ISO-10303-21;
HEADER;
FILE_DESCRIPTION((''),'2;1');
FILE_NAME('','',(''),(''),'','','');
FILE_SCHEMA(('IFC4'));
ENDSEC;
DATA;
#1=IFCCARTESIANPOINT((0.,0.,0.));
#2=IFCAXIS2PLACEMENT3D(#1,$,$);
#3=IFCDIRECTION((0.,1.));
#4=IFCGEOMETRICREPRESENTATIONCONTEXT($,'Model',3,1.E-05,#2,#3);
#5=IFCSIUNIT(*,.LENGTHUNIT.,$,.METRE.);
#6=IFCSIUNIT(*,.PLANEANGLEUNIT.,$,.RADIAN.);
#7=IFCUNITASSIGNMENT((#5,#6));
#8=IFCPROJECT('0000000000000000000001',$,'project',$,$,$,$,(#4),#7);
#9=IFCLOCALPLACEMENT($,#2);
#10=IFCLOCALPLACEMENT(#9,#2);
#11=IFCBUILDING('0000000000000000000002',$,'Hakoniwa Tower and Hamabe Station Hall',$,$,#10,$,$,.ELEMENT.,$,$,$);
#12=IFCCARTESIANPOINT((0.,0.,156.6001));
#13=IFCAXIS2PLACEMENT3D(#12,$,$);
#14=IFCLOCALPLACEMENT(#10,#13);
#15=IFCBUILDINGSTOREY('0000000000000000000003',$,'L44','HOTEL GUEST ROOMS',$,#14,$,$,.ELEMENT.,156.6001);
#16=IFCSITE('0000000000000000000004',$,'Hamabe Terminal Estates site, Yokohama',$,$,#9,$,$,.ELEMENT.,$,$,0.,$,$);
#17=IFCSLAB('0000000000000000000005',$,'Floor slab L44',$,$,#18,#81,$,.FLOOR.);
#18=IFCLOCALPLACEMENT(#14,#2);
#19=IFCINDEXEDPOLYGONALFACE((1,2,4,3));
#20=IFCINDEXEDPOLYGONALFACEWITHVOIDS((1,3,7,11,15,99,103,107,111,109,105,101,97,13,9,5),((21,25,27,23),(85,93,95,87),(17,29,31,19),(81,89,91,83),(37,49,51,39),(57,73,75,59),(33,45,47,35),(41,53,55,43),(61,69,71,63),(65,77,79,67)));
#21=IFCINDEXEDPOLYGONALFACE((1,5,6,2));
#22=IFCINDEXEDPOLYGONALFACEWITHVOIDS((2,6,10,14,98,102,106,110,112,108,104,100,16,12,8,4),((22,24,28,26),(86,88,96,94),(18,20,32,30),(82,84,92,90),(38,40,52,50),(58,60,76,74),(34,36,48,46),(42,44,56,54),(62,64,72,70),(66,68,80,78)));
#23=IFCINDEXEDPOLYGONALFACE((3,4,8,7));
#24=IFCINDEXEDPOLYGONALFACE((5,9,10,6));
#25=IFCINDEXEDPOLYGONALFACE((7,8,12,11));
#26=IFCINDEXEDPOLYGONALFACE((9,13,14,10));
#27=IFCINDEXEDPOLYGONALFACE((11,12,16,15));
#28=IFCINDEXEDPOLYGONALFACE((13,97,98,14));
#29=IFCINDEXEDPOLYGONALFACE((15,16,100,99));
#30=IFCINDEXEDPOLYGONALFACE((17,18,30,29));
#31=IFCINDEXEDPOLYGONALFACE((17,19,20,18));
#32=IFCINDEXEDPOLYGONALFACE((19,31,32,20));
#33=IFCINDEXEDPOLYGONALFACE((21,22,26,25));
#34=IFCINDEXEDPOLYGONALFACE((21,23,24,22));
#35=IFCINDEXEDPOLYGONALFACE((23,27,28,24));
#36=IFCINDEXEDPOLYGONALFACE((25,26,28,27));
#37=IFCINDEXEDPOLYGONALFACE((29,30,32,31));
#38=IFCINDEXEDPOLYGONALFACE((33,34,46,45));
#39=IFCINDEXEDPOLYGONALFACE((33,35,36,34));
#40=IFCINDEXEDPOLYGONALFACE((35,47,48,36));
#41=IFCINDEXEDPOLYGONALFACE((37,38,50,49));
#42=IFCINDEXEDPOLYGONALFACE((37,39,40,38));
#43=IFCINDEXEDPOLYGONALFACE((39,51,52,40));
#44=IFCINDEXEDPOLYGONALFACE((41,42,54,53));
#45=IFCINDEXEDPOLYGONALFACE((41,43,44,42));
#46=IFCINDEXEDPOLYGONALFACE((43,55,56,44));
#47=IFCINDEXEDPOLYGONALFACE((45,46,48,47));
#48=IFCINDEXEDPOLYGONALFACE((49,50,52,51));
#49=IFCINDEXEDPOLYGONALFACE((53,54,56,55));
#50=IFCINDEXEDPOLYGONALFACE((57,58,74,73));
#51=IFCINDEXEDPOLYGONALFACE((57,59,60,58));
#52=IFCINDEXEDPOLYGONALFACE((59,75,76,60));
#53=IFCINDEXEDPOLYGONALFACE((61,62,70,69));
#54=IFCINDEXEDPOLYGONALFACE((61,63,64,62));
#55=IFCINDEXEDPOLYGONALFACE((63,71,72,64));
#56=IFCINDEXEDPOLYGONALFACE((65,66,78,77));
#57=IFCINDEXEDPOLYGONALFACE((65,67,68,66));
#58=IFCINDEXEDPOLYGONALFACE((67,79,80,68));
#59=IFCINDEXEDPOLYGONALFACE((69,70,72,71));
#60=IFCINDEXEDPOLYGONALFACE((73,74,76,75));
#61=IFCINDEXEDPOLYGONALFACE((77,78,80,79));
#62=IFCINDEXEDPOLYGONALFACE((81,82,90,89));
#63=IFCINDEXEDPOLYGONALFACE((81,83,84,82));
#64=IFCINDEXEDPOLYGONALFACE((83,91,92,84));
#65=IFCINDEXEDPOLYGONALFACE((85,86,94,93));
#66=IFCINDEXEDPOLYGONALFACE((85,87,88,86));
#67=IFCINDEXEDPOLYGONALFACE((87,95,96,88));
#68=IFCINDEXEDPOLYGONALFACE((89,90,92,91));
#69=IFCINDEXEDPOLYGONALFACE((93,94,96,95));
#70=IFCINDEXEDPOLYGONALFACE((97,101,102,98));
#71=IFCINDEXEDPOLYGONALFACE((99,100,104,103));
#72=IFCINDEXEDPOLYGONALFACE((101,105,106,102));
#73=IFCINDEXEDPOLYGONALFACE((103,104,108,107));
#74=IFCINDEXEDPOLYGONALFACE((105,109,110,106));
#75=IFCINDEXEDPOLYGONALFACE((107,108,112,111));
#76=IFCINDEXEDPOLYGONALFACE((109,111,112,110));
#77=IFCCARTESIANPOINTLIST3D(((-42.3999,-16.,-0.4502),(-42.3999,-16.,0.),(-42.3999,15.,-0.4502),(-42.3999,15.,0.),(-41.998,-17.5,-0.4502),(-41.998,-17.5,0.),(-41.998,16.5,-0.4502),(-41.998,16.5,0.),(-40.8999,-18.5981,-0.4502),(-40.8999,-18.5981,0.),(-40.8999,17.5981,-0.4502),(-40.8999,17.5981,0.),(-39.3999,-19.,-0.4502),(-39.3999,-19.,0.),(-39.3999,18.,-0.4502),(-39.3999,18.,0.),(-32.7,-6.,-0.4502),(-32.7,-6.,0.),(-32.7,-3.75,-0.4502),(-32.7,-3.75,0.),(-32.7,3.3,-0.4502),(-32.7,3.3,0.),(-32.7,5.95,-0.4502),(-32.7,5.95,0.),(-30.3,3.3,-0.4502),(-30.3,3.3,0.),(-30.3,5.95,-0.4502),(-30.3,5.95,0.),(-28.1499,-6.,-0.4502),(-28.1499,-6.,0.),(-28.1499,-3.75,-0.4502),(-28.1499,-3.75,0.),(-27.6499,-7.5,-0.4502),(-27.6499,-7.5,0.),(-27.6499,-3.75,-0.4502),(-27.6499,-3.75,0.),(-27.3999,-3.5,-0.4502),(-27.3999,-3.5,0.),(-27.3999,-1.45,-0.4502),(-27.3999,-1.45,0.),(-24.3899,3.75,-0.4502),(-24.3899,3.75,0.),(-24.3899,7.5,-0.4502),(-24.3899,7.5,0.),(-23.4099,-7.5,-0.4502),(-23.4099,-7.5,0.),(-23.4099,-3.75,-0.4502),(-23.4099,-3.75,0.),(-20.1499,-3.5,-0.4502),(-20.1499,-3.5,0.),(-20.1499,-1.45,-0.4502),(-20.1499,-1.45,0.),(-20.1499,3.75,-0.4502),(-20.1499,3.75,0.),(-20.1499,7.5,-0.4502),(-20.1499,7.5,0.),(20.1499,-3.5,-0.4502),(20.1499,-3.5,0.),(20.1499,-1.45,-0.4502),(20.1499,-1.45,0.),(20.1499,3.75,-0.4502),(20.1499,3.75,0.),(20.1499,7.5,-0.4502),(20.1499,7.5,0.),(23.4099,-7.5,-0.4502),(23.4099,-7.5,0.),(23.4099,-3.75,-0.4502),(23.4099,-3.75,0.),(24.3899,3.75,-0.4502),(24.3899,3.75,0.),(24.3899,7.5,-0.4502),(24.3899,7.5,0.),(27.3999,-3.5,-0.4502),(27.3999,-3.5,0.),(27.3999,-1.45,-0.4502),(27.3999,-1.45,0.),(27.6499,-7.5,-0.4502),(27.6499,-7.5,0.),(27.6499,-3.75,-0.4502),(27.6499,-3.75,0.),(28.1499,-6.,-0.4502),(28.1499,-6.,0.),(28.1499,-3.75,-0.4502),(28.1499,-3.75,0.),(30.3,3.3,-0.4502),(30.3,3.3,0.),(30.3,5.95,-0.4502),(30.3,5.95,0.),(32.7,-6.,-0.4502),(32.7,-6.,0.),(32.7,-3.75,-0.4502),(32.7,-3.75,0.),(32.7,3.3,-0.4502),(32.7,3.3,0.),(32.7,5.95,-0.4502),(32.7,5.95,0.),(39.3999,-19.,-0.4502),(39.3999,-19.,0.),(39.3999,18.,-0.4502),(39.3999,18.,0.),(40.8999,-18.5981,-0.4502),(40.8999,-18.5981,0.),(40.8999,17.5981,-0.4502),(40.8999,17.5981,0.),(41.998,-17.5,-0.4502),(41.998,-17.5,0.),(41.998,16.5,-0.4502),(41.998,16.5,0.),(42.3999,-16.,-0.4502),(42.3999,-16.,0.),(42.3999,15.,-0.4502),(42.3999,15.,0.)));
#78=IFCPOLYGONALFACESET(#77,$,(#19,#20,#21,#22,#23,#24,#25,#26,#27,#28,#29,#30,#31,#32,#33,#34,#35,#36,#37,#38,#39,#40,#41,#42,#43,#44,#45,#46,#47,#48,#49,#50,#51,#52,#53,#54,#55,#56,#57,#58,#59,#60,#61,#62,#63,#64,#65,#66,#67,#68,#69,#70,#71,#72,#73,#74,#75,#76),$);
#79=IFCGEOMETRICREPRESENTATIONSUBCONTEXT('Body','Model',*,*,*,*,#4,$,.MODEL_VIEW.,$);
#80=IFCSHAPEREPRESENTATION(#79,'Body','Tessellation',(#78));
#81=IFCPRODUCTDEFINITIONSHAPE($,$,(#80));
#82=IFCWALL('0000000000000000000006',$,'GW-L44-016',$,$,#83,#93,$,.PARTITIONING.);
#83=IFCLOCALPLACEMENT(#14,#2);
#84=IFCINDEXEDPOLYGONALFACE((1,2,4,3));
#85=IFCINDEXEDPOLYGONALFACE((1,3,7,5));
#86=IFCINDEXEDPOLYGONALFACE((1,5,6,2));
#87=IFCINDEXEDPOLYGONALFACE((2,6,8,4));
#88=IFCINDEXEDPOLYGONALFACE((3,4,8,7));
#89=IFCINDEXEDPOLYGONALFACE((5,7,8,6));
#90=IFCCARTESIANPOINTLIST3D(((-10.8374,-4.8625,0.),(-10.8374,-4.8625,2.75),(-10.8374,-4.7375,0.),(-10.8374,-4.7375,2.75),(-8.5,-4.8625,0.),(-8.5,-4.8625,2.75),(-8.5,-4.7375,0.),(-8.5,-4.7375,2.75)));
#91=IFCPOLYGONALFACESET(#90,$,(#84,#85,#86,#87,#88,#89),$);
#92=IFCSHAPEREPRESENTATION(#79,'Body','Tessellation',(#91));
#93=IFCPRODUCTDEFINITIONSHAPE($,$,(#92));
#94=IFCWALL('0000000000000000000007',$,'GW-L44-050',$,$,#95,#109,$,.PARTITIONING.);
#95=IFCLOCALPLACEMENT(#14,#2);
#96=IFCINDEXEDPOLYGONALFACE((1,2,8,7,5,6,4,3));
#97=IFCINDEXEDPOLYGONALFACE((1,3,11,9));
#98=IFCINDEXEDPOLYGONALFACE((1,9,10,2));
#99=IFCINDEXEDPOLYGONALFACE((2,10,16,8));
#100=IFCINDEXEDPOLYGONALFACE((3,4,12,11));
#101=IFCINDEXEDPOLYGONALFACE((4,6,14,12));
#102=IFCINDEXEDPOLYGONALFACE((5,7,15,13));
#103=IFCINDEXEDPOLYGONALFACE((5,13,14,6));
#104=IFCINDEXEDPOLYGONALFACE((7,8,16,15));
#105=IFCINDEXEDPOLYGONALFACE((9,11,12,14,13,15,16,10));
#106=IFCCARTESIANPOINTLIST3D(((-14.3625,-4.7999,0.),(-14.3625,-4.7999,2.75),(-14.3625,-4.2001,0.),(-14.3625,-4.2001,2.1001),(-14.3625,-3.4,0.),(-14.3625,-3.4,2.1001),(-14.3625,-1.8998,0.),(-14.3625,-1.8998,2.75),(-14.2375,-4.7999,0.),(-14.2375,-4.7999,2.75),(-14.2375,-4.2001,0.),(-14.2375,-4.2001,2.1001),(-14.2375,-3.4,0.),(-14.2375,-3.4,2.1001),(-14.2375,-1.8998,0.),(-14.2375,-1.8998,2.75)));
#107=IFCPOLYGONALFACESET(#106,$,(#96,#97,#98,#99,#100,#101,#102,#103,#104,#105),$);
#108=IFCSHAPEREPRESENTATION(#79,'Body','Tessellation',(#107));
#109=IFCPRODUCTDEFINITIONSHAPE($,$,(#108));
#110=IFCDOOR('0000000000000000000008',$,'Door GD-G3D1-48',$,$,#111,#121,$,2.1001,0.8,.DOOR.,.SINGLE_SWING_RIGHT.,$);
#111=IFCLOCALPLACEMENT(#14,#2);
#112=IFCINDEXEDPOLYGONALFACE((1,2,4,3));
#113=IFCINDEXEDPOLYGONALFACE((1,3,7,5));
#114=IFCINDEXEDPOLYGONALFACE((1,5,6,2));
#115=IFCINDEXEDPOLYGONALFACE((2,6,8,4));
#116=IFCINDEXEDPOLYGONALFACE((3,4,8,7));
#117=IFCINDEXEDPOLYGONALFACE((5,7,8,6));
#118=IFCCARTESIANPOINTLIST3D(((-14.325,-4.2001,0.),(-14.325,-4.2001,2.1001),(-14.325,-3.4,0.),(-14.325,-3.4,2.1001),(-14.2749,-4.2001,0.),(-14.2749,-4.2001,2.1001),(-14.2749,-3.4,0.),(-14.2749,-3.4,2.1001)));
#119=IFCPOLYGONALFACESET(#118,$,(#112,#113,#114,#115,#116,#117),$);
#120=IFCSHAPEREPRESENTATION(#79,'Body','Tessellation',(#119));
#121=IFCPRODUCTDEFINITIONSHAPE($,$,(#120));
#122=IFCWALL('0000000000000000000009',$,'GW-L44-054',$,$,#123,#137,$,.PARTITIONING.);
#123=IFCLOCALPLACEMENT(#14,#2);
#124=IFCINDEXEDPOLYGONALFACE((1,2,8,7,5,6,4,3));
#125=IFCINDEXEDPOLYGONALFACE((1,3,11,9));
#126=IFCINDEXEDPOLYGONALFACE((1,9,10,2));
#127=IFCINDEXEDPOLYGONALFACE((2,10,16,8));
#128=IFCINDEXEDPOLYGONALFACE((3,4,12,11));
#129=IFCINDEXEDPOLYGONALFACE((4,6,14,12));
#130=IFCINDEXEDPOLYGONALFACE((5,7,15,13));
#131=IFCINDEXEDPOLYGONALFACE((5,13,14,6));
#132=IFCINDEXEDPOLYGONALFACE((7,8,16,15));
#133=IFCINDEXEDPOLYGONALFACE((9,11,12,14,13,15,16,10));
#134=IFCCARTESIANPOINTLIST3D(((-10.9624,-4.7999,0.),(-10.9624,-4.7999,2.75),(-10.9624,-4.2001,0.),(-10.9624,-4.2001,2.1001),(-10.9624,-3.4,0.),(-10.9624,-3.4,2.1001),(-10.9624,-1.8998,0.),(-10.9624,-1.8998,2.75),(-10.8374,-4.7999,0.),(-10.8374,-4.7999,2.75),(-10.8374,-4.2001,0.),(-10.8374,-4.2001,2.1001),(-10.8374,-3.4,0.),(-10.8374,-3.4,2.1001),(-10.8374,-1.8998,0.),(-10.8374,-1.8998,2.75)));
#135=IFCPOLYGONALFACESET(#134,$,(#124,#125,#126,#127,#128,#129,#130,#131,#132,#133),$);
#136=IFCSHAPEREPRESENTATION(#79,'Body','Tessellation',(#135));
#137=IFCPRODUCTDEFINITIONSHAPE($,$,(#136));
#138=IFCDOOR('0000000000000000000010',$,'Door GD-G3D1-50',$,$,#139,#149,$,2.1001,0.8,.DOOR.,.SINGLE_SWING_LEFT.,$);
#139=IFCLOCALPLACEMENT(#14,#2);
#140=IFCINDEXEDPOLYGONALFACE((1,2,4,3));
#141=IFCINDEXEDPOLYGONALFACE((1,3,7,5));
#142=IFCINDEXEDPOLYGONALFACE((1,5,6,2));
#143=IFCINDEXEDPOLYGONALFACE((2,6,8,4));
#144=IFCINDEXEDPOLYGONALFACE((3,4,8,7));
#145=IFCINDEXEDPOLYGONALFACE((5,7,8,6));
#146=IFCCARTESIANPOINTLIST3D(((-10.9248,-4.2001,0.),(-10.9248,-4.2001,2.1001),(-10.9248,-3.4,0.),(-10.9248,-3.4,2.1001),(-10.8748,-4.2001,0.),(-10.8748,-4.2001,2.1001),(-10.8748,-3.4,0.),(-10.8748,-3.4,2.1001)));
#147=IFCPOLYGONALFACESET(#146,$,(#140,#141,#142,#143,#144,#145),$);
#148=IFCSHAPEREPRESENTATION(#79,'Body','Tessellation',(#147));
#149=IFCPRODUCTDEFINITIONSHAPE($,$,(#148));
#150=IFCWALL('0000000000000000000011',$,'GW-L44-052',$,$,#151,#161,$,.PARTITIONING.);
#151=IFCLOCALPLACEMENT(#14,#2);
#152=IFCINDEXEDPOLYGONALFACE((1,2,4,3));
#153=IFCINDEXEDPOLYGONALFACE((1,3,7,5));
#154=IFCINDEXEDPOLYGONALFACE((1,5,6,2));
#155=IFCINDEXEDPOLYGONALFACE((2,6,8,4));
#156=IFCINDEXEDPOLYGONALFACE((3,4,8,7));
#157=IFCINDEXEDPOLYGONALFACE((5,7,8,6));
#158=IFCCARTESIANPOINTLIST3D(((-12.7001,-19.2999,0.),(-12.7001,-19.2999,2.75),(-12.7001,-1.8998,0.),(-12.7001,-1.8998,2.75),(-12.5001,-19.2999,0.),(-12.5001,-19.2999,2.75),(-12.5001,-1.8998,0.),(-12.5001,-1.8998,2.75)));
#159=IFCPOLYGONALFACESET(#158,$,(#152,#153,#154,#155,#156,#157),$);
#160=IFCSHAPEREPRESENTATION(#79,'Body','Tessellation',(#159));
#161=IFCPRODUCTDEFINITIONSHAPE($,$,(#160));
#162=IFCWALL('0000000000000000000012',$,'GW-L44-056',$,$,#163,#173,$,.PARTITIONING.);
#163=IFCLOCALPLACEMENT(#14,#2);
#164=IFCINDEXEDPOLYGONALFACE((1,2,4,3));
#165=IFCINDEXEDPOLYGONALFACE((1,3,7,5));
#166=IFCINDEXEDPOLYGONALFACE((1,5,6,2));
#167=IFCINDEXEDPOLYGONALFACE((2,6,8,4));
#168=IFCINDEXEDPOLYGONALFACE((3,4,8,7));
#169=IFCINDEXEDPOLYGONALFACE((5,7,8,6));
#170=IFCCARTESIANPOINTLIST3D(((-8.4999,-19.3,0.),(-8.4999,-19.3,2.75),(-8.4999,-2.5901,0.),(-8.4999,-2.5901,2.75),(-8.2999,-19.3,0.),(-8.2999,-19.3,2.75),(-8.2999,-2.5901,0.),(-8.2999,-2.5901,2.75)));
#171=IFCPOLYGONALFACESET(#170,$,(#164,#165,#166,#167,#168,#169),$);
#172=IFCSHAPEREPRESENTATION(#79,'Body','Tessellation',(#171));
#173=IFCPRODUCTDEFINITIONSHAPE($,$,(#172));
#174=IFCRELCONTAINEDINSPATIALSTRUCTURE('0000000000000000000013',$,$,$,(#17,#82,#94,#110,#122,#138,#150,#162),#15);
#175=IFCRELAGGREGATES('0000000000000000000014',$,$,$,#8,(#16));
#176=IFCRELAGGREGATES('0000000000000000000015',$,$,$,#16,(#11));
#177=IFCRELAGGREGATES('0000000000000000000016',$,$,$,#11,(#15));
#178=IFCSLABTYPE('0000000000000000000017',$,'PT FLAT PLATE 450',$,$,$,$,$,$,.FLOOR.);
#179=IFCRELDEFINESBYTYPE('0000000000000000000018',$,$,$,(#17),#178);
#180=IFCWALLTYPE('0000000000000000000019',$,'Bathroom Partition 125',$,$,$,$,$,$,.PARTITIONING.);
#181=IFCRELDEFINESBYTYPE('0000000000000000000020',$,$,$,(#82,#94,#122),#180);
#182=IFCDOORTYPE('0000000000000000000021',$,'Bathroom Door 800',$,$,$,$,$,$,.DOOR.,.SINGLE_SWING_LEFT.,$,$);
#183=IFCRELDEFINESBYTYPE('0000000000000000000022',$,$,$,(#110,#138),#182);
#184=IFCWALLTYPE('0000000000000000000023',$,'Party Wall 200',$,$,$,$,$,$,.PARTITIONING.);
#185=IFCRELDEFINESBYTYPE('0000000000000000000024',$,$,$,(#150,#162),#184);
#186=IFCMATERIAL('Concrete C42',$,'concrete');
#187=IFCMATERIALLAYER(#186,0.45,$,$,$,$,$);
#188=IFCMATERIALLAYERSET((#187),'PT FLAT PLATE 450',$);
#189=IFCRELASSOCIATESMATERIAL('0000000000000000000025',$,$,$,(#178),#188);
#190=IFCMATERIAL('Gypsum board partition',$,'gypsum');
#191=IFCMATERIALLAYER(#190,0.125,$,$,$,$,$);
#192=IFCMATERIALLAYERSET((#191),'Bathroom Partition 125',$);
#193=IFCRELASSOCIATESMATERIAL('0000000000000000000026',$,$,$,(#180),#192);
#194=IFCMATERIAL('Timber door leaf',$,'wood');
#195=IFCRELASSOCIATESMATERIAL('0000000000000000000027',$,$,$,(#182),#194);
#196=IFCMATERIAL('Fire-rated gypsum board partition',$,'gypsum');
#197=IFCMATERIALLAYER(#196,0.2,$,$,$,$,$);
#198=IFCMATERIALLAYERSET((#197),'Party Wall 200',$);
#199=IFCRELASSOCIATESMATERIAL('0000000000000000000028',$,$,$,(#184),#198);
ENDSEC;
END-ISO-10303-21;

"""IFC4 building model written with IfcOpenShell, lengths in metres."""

from ifc_helpers import new_model, si_unit, direction, frame, frame_2d, origin, place, context, subcontext, project, spatial, polyline, rectangle, outline, extrude, material, layer, layer_set, type_object, element, fill, save


model = new_model("IFC4")

# Units and contexts
model_context = context("Model", 3, precision=1e-05, world=origin(), true_north=direction((0.0, 1.0)))
body_context = subcontext(model_context, "Body", "Model", "MODEL_VIEW")
ifc_project = project(units=[si_unit("LENGTHUNIT", "METRE"), si_unit("PLANEANGLEUNIT", "RADIAN")], contexts=[model_context])

# Site, building, storey
site_placement = place(None, origin())
site = spatial("IfcSite", under=ifc_project, at=site_placement, Name="Hamabe Terminal Estates site, Yokohama", CompositionType="ELEMENT", RefElevation=0.0)
building_placement = place(site_placement, origin())
building = spatial("IfcBuilding", under=site, at=building_placement, Name="Hakoniwa Tower and Hamabe Station Hall", CompositionType="ELEMENT")
storey_placement = place(building_placement, frame((0.0, 0.0, 156.6001)))
storey = spatial("IfcBuildingStorey", under=building, at=storey_placement, Name="L44", Description="HOTEL GUEST ROOMS", CompositionType="ELEMENT", Elevation=156.6001)

# Slab
ifc_material_1 = material(Name="Concrete C42", Category="concrete")
ifc_layer_1 = layer(ifc_material_1, 0.45)
ifc_layer_set_1 = layer_set([ifc_layer_1], Name="PT FLAT PLATE 450")
slab_type = type_object("IfcSlabType", Name="PT FLAT PLATE 450", PredefinedType="FLOOR", material=ifc_layer_set_1)
slab_placement = place(storey_placement, frame((0.0, 0.0, -0.4502)))
element("IfcSlab", 1, at=slab_placement, inside=storey, type_object=slab_type, Name="Floor slab L44", PredefinedType="FLOOR", context=body_context, shape_type="SweptSolid", body=[
    extrude(outline(polyline([(42.3999, -16.0), (42.3999, 15.0), (41.998, 16.5), (40.8999, 17.5981), (39.3999, 18.0), (-39.3999, 18.0), (-40.8999, 17.5981), (-41.998, 16.5), (-42.3999, 15.0), (-42.3999, -16.0), (-41.998, -17.5), (-40.8999, -18.5981), (-39.3999, -19.0), (39.3999, -19.0), (40.8999, -18.5981), (41.998, -17.5), (42.3999, -16.0)]), holes=[polyline([(-27.3999, -3.5), (-27.3999, -1.45), (-20.1499, -1.45), (-20.1499, -3.5), (-27.3999, -3.5)]), polyline([(-32.7, 3.3), (-32.7, 5.95), (-30.3, 5.95), (-30.3, 3.3), (-32.7, 3.3)]), polyline([(-32.7, -6.0), (-32.7, -3.75), (-28.1499, -3.75), (-28.1499, -6.0), (-32.7, -6.0)]), polyline([(-24.3899, 3.75), (-24.3899, 7.5), (-20.1499, 7.5), (-20.1499, 3.75), (-24.3899, 3.75)]), polyline([(-27.6499, -7.5), (-27.6499, -3.75), (-23.4099, -3.75), (-23.4099, -7.5), (-27.6499, -7.5)]), polyline([(20.1499, -3.5), (20.1499, -1.45), (27.3999, -1.45), (27.3999, -3.5), (20.1499, -3.5)]), polyline([(30.3, 3.3), (30.3, 5.95), (32.7, 5.95), (32.7, 3.3), (30.3, 3.3)]), polyline([(28.1499, -6.0), (28.1499, -3.75), (32.7, -3.75), (32.7, -6.0), (28.1499, -6.0)]), polyline([(20.1499, 3.75), (20.1499, 7.5), (24.3899, 7.5), (24.3899, 3.75), (20.1499, 3.75)]), polyline([(23.4099, -7.5), (23.4099, -3.75), (27.6499, -3.75), (27.6499, -7.5), (23.4099, -7.5)])]), origin(), (0.0, 0.0, 1.0), 0.4502),
])

# Wall
ifc_material_2 = material(Name="Gypsum board partition", Category="gypsum")
ifc_layer_2 = layer(ifc_material_2, 0.125)
ifc_layer_set_2 = layer_set([ifc_layer_2], Name="Bathroom Partition 125")
wall_type_1 = type_object("IfcWallType", Name="Bathroom Partition 125", PredefinedType="PARTITIONING", material=ifc_layer_set_2)
wall_1_placement = place(storey_placement, frame((-10.8374, -4.8, 0.0), z_axis=(0.0, 0.0, 1.0), x_axis=(1.0, 0.0, 0.0)))
element("IfcWall", 2, at=wall_1_placement, inside=storey, type_object=wall_type_1, Name="GW-L44-016", PredefinedType="PARTITIONING", context=body_context, shape_type="SweptSolid", body=[
    extrude(rectangle(XDim=2.3374, YDim=0.125, at=frame_2d((1.1687, 0.0))), origin(), (0.0, 0.0, 1.0), 2.75),
])

# Walls, openings, doors
wall_2_placement = place(storey_placement, frame((-14.3, -4.8, 0.0), z_axis=(0.0, 0.0, 1.0), x_axis=(0.0, 1.0, 0.0)))
wall_2 = element("IfcWall", 3, at=wall_2_placement, inside=storey, type_object=wall_type_1, Name="GW-L44-050", PredefinedType="PARTITIONING", context=body_context, shape_type="SweptSolid", body=[
    extrude(rectangle(XDim=2.9001, YDim=0.125, at=frame_2d((1.4502, 0.0))), origin(), (0.0, 0.0, 1.0), 2.75),
])
opening_1_placement = place(wall_2_placement, frame((0.6001, 0.0, 0.0)))
opening_1 = element("IfcOpeningElement", 4, at=opening_1_placement, cuts=wall_2, PredefinedType="OPENING", context=body_context, shape_type="SweptSolid", body=[
    extrude(rectangle(XDim=0.8, YDim=2.1001, at=frame_2d((0.3999, 1.05))), frame((0.0, 0.0725, 0.0), z_axis=(0.0, -1.0, 0.0), x_axis=(1.0, 0.0, 0.0)), (0.0, 0.0, 1.0), 0.145),
])
ifc_material_3 = material(Name="Timber door leaf", Category="wood")
door_type = type_object("IfcDoorType", Name="Bathroom Door 800", OperationType="SINGLE_SWING_LEFT", PredefinedType="DOOR", material=ifc_material_3)
door_1_placement = place(opening_1_placement, origin())
door_1 = element("IfcDoor", 5, at=door_1_placement, inside=storey, type_object=door_type, Name="Door GD-G3D1-48", OperationType="SINGLE_SWING_RIGHT", OverallHeight=2.1001, OverallWidth=0.8, PredefinedType="DOOR", context=body_context, shape_type="SweptSolid", body=[
    extrude(rectangle(XDim=0.8, YDim=2.1001, at=frame_2d((0.3999, 1.05))), frame((0.0, 0.0249, 0.0), z_axis=(0.0, -1.0, 0.0), x_axis=(1.0, 0.0, 0.0)), (0.0, 0.0, 1.0), 0.05),
])
fill(opening_1, door_1)
wall_3_placement = place(storey_placement, frame((-10.8999, -4.8, 0.0), z_axis=(0.0, 0.0, 1.0), x_axis=(0.0, 1.0, 0.0)))
wall_3 = element("IfcWall", 6, at=wall_3_placement, inside=storey, type_object=wall_type_1, Name="GW-L44-054", PredefinedType="PARTITIONING", context=body_context, shape_type="SweptSolid", body=[
    extrude(rectangle(XDim=2.9001, YDim=0.125, at=frame_2d((1.4502, 0.0))), origin(), (0.0, 0.0, 1.0), 2.75),
])
opening_2_placement = place(wall_3_placement, frame((0.6001, 0.0, 0.0)))
opening_2 = element("IfcOpeningElement", 7, at=opening_2_placement, cuts=wall_3, PredefinedType="OPENING", context=body_context, shape_type="SweptSolid", body=[
    extrude(rectangle(XDim=0.8, YDim=2.1001, at=frame_2d((0.3999, 1.05))), frame((0.0, 0.0725, 0.0), z_axis=(0.0, -1.0, 0.0), x_axis=(1.0, 0.0, 0.0)), (0.0, 0.0, 1.0), 0.145),
])
door_2_placement = place(opening_2_placement, origin())
door_2 = element("IfcDoor", 8, at=door_2_placement, inside=storey, type_object=door_type, Name="Door GD-G3D1-50", OperationType="SINGLE_SWING_LEFT", OverallHeight=2.1001, OverallWidth=0.8, PredefinedType="DOOR", context=body_context, shape_type="SweptSolid", body=[
    extrude(rectangle(XDim=0.8, YDim=2.1001, at=frame_2d((0.3999, 1.05))), frame((0.0, 0.0249, 0.0), z_axis=(0.0, -1.0, 0.0), x_axis=(1.0, 0.0, 0.0)), (0.0, 0.0, 1.0), 0.05),
])
fill(opening_2, door_2)

# Walls
ifc_material_4 = material(Name="Fire-rated gypsum board partition", Category="gypsum")
ifc_layer_3 = layer(ifc_material_4, 0.2)
ifc_layer_set_3 = layer_set([ifc_layer_3], Name="Party Wall 200")
wall_type_2 = type_object("IfcWallType", Name="Party Wall 200", PredefinedType="PARTITIONING", material=ifc_layer_set_3)
wall_4_placement = place(storey_placement, frame((-12.6001, -19.3, 0.0), z_axis=(0.0, 0.0, 1.0), x_axis=(0.0, 1.0, 0.0)))
element("IfcWall", 9, at=wall_4_placement, inside=storey, type_object=wall_type_2, Name="GW-L44-052", PredefinedType="PARTITIONING", context=body_context, shape_type="SweptSolid", body=[
    extrude(rectangle(XDim=17.4001, YDim=0.2, at=frame_2d((8.7002, 0.0))), origin(), (0.0, 0.0, 1.0), 2.75),
])
wall_5_placement = place(storey_placement, frame((-8.3999, -19.3, 0.0), z_axis=(0.0, 0.0, 1.0), x_axis=(0.0, 1.0, 0.0)))
element("IfcWall", 10, at=wall_5_placement, inside=storey, type_object=wall_type_2, Name="GW-L44-056", PredefinedType="PARTITIONING", context=body_context, shape_type="SweptSolid", body=[
    extrude(rectangle(XDim=16.71, YDim=0.2, at=frame_2d((8.355, 0.0))), origin(), (0.0, 0.0, 1.0), 2.75),
])

save(model, "model.ifc")
